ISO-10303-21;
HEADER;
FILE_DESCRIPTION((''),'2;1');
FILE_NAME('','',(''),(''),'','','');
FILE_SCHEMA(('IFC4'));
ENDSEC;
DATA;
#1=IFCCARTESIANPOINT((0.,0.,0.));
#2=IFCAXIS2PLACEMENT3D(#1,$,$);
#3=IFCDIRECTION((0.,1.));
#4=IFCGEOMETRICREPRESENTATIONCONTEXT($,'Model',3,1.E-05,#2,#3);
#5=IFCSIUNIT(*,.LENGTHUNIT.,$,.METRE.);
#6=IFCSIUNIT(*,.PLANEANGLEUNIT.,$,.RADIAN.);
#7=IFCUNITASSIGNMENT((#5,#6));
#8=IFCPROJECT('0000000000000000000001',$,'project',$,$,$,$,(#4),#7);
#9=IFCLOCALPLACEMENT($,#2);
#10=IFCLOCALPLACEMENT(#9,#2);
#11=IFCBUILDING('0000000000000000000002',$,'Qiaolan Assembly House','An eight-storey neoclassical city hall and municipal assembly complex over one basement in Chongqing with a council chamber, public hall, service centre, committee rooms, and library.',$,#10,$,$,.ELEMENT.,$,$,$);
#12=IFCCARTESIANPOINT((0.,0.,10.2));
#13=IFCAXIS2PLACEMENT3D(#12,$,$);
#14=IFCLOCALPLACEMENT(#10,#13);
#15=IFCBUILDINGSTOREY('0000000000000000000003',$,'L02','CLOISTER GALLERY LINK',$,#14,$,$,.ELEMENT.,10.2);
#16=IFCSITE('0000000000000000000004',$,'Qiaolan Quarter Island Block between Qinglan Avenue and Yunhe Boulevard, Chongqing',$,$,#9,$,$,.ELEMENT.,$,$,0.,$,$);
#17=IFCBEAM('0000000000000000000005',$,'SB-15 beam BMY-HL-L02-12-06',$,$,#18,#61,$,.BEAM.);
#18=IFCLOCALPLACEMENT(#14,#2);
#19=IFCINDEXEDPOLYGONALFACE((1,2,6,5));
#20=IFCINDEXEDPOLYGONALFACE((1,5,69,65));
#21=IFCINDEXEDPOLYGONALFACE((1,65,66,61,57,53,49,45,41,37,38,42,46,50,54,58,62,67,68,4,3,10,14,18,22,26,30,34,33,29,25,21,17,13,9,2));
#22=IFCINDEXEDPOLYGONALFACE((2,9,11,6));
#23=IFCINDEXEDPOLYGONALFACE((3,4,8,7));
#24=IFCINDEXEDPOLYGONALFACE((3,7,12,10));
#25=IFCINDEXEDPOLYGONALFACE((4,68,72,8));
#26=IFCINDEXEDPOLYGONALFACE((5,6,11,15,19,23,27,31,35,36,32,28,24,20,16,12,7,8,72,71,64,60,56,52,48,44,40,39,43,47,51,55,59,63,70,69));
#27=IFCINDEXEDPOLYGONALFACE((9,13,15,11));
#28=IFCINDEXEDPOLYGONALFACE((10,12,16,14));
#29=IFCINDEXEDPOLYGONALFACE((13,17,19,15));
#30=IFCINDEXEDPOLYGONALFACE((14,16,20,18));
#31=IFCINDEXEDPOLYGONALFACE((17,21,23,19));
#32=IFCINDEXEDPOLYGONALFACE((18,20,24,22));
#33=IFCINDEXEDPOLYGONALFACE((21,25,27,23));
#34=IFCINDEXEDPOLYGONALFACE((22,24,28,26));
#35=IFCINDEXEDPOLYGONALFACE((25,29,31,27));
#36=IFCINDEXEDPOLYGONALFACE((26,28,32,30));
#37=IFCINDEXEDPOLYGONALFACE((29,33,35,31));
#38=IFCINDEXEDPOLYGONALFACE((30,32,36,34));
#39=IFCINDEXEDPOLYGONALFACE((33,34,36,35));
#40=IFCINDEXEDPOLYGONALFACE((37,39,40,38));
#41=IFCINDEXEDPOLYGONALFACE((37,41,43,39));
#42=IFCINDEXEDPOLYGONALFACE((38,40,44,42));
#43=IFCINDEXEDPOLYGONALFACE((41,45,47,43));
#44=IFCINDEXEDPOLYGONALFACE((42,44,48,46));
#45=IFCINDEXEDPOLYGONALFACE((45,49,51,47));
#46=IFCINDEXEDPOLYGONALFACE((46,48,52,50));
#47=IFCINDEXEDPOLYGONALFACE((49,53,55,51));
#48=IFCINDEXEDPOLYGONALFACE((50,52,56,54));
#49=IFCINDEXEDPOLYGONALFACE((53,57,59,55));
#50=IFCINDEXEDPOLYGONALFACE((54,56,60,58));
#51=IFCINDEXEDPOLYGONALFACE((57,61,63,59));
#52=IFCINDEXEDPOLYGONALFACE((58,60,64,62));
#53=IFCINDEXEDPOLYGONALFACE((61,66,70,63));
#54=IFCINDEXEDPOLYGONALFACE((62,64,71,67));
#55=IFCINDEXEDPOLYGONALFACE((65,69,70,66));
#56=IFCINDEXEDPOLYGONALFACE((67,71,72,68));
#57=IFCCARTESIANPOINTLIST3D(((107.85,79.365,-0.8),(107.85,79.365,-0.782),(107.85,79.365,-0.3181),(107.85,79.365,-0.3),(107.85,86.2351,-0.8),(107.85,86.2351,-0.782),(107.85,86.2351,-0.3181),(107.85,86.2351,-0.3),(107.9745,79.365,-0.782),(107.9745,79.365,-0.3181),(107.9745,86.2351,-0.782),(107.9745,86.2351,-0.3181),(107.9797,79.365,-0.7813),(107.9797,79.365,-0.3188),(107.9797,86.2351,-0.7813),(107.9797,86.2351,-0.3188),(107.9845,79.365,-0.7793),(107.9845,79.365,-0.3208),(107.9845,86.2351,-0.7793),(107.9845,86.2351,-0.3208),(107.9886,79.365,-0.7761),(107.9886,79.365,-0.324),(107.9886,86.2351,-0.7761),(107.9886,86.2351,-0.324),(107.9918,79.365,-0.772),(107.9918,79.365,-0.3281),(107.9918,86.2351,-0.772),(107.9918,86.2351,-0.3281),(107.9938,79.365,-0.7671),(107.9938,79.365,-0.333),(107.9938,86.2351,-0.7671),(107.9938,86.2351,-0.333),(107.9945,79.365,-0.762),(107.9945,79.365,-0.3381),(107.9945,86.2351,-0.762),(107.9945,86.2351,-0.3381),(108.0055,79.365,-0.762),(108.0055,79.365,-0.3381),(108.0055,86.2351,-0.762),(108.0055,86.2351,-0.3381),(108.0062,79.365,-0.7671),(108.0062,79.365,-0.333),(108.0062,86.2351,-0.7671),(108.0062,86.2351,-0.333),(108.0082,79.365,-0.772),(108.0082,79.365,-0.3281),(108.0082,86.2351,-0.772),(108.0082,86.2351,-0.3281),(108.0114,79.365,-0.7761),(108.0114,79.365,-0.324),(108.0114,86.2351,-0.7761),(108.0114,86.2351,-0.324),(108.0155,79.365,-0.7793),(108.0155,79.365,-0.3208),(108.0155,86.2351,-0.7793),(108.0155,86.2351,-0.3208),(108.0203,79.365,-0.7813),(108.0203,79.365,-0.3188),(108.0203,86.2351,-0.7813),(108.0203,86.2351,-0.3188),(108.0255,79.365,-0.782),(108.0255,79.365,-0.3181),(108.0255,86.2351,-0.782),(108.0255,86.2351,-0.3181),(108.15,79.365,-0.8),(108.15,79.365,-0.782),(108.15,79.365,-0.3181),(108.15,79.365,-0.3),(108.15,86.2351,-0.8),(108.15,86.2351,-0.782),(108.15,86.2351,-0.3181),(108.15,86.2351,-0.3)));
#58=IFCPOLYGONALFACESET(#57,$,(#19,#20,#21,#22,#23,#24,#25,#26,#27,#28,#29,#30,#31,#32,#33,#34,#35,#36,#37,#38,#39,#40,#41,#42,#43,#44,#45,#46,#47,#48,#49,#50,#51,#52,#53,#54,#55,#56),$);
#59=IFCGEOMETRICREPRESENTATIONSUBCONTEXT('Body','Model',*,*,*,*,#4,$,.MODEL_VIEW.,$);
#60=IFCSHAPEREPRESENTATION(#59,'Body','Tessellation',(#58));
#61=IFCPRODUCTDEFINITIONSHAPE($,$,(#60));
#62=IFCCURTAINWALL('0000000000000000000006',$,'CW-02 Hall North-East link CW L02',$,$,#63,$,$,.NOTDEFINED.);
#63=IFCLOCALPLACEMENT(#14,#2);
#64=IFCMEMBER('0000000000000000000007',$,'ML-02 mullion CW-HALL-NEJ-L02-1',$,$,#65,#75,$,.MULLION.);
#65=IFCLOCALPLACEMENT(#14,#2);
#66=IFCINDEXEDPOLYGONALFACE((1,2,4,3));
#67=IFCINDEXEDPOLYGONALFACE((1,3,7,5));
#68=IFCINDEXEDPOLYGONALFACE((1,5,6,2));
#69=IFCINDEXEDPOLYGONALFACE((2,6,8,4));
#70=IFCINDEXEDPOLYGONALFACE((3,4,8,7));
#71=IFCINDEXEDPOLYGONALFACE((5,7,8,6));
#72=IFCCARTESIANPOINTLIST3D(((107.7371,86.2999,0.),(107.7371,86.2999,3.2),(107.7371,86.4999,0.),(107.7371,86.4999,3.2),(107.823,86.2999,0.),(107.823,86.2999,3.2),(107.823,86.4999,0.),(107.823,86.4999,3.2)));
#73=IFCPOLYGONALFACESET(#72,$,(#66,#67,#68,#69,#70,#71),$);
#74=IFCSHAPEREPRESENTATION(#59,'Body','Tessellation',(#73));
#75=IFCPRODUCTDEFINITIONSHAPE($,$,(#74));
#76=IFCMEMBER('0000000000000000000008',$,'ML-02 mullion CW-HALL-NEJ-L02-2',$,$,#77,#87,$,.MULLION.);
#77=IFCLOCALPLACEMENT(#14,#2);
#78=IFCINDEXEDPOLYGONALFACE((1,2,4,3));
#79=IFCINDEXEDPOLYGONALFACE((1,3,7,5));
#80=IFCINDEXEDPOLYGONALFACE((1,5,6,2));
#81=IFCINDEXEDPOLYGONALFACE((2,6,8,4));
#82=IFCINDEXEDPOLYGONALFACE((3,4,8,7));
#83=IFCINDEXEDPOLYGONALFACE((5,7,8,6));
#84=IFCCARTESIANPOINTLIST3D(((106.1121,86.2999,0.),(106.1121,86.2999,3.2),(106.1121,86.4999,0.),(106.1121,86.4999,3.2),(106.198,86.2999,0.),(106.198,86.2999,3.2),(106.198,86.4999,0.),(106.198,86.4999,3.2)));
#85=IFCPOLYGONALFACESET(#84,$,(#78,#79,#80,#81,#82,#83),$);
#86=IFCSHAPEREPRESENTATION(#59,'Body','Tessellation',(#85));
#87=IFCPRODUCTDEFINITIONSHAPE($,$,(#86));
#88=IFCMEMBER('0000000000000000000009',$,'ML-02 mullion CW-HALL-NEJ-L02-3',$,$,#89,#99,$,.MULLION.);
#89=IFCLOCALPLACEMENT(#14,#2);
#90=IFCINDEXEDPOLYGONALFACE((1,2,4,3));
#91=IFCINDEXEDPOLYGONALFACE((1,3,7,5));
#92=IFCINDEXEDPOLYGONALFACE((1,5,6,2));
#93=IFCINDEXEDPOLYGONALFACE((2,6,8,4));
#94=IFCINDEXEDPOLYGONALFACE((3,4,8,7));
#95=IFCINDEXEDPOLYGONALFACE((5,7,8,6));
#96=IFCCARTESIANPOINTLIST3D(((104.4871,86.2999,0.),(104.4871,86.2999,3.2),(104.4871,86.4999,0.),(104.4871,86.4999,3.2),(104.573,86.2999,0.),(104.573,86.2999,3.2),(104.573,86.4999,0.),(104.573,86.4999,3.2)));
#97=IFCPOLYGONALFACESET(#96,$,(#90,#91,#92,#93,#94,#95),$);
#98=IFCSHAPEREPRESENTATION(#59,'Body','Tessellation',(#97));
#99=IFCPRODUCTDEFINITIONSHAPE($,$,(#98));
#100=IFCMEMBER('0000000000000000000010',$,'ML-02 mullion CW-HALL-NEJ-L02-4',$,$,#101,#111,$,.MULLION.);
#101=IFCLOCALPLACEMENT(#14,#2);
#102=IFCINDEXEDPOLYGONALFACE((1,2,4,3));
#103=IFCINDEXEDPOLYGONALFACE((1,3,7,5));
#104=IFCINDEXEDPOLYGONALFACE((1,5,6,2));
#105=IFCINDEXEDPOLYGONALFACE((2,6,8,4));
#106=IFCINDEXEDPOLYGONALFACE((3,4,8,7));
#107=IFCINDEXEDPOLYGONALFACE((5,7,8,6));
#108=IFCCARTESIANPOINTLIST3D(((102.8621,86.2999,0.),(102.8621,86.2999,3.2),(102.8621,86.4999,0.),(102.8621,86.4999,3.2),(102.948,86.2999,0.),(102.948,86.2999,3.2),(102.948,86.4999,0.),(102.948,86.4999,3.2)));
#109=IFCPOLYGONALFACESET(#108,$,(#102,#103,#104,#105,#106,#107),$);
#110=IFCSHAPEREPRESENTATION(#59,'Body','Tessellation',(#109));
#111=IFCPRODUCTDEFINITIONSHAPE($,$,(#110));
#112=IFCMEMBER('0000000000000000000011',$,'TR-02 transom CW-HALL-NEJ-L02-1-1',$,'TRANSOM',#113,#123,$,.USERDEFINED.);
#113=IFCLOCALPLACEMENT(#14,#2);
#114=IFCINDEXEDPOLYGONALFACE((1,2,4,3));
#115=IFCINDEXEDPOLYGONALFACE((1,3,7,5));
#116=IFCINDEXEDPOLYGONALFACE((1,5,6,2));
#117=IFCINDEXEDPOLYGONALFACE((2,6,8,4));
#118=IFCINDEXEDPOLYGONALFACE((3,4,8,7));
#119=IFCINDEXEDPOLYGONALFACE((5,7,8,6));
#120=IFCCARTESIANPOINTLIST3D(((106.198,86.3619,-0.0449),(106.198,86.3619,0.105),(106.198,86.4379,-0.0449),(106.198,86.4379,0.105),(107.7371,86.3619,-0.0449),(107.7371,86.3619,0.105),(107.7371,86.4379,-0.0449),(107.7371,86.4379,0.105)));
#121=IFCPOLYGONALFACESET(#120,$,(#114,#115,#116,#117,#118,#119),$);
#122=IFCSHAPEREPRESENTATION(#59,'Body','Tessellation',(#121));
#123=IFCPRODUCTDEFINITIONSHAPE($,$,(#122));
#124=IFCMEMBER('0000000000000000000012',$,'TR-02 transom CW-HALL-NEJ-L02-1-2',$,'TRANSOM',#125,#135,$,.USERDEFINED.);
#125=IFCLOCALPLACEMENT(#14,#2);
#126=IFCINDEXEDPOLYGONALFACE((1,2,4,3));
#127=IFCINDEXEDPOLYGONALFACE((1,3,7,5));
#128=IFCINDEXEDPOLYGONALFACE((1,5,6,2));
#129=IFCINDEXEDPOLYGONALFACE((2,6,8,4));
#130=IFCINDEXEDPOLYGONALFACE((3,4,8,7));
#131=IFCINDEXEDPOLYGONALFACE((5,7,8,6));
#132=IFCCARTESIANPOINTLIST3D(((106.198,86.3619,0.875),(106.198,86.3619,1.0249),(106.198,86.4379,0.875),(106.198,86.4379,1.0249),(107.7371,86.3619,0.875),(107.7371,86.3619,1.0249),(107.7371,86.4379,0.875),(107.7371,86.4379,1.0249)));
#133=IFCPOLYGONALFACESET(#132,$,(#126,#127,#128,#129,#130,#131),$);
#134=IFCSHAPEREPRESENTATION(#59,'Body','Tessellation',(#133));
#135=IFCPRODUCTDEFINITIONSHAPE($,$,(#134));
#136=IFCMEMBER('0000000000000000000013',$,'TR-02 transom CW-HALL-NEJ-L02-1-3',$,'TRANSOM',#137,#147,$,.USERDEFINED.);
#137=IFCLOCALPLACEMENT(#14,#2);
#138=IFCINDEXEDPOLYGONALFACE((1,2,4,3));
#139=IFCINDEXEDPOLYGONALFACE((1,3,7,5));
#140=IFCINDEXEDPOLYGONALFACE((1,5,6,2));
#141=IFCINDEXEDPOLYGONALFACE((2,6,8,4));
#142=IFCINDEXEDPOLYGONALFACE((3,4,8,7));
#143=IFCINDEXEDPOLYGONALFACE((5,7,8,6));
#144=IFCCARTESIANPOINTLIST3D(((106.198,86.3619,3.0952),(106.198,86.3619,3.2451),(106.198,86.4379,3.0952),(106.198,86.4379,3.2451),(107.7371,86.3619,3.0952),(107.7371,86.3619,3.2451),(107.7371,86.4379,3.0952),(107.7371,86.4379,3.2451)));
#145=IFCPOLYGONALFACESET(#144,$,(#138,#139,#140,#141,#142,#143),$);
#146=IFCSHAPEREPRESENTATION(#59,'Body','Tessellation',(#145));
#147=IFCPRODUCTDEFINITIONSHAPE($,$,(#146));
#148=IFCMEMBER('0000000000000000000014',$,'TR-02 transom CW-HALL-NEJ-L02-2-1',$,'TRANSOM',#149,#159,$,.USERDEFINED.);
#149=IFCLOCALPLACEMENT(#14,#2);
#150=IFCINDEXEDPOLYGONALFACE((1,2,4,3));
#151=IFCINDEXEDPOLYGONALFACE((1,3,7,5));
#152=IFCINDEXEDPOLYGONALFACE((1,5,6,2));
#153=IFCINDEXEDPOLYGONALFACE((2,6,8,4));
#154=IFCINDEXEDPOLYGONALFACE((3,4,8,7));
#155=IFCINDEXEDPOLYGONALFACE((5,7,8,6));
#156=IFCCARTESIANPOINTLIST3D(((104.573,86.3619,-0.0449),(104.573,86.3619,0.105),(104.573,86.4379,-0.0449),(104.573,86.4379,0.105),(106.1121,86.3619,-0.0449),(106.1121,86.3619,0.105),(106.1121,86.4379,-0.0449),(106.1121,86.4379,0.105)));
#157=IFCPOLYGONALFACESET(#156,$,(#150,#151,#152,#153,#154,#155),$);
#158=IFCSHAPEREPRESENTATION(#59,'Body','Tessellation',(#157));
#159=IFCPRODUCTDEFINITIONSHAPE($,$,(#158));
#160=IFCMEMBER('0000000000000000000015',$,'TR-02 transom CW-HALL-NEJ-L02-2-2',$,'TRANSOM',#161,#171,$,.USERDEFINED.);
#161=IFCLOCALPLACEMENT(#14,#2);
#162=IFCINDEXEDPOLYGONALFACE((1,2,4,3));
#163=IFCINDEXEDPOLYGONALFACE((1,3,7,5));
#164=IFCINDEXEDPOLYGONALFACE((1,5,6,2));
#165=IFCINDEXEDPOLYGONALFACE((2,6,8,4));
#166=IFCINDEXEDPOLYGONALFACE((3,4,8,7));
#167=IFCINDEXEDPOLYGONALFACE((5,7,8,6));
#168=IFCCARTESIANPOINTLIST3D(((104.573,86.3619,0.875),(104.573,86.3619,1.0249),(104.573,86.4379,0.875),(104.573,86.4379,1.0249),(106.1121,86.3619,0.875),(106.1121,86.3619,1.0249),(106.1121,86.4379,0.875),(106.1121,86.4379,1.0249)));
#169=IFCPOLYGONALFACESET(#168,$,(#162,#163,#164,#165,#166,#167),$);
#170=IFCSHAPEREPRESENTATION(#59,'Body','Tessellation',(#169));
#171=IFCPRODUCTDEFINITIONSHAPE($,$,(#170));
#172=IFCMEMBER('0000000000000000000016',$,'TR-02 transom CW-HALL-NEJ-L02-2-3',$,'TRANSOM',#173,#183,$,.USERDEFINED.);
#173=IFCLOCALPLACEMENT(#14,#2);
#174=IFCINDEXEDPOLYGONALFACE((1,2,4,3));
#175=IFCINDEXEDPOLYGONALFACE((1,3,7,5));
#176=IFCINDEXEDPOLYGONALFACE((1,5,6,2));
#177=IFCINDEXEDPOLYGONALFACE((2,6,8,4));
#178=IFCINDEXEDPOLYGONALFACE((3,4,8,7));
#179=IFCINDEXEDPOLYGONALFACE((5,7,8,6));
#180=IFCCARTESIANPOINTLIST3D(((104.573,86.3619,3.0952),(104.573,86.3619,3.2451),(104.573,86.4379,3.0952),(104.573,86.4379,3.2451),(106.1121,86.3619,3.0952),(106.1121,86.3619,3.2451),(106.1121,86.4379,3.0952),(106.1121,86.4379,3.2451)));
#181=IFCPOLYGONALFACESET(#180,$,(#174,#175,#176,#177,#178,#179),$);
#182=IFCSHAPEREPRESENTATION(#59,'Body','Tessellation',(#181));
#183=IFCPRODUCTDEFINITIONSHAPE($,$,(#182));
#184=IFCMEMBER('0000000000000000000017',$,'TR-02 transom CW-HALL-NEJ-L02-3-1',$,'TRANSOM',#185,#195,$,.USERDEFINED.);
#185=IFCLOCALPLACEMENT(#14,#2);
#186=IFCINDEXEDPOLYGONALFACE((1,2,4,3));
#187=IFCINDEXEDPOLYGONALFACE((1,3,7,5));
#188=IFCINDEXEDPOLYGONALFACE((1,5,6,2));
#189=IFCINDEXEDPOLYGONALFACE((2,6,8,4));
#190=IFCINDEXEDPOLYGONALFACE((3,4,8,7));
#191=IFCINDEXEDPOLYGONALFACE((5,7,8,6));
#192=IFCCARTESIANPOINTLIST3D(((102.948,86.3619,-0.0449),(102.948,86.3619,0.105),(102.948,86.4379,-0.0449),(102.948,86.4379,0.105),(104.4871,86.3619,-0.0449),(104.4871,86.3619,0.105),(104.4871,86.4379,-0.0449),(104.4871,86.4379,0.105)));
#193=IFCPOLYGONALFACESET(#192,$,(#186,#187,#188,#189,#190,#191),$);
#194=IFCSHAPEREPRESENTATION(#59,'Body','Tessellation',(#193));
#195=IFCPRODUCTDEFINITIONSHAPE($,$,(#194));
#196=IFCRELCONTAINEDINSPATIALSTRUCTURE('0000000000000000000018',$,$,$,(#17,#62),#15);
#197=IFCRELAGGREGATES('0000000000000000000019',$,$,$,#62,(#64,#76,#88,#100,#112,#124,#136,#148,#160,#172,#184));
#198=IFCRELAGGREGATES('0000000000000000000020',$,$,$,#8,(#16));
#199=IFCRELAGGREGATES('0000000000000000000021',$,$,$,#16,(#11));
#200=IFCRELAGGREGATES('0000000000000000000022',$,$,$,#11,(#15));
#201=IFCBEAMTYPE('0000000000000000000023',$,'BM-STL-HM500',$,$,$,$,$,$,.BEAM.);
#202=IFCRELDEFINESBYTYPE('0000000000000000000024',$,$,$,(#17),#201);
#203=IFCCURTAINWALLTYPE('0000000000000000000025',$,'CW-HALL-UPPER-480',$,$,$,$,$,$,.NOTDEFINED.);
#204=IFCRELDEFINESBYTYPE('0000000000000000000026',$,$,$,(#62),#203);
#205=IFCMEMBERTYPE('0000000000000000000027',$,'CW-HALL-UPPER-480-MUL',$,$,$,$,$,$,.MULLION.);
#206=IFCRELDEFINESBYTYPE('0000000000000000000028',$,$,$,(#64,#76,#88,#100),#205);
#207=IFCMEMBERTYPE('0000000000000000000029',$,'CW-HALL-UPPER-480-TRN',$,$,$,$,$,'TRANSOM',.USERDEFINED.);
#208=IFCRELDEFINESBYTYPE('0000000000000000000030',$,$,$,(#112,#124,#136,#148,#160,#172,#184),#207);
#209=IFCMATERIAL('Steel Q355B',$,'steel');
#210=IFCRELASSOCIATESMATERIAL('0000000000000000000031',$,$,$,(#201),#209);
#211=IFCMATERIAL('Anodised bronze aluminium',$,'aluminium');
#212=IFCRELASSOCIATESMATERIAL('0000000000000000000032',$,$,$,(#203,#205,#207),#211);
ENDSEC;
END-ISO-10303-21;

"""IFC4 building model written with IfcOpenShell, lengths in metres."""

from ifc_helpers import new_model, si_unit, direction, frame, origin, origin_2d, place, context, subcontext, project, spatial, rectangle, i_section, extrude, material, material_profile, profile_set, type_object, element, aggregate, save


model = new_model("IFC4")

# Units and contexts
model_context = context("Model", 3, precision=1e-05, world=origin(), true_north=direction((0.0, 1.0)))
body_context = subcontext(model_context, "Body", "Model", "MODEL_VIEW")
ifc_project = project(units=[si_unit("LENGTHUNIT", "METRE"), si_unit("PLANEANGLEUNIT", "RADIAN")], contexts=[model_context])

# Site, building, storey
site_placement = place(None, origin())
site = spatial("IfcSite", under=ifc_project, at=site_placement, Name="Qiaolan Quarter Island Block between Qinglan Avenue and Yunhe Boulevard, Chongqing", CompositionType="ELEMENT", RefElevation=0.0)
building_placement = place(site_placement, origin())
building = spatial("IfcBuilding", under=site, at=building_placement, Name="Qiaolan Assembly House", Description="An eight-storey neoclassical city hall and municipal assembly complex over one basement in Chongqing with a council chamber, public hall, service centre, committee rooms, and library.", CompositionType="ELEMENT")
storey_placement = place(building_placement, frame((0.0, 0.0, 10.2)))
storey = spatial("IfcBuildingStorey", under=building, at=storey_placement, Name="L02", Description="CLOISTER GALLERY LINK", CompositionType="ELEMENT", Elevation=10.2)

# Beam
ifc_material_1 = material(Name="Steel Q355B", Category="steel")
ifc_material_profile_1 = material_profile(ifc_material_1, i_section(OverallWidth=0.3, OverallDepth=0.5, WebThickness=0.011, FlangeThickness=0.0181, FilletRadius=0.02, at=origin_2d()), Name="HM 500x300x11x18")
ifc_profile_set_1 = profile_set([ifc_material_profile_1], Name="Steel Q355B")
beam_type_1 = type_object("IfcBeamType", Name="BM-STL-HM500", PredefinedType="BEAM", material=ifc_profile_set_1)
beam_placement = place(storey_placement, frame((108.0, 79.365, -0.55), z_axis=(0.0, 1.0, 0.0), x_axis=(-1.0, 0.0, 0.0)))
element("IfcBeam", 1, at=beam_placement, inside=storey, type_object=beam_type_1, Name="SB-15 beam BMY-HL-L02-12-06", PredefinedType="BEAM", context=body_context, shape_type="SweptSolid", body=[
    extrude(i_section(OverallWidth=0.3, OverallDepth=0.5, WebThickness=0.011, FlangeThickness=0.0181, FilletRadius=0.02, at=origin_2d()), origin(), (0.0, 0.0, 1.0), 6.8701),
])

# Curtain wall, members
ifc_material_2 = material(Name="Anodised bronze aluminium", Category="aluminium")
curtain_wall_type = type_object("IfcCurtainWallType", Name="CW-HALL-UPPER-480", PredefinedType="NOTDEFINED", material=ifc_material_2)
curtain_wall_placement = place(storey_placement, origin())
curtain_wall = element("IfcCurtainWall", 2, at=curtain_wall_placement, inside=storey, type_object=curtain_wall_type, Name="CW-02 Hall North-East link CW L02", PredefinedType="NOTDEFINED")
ifc_material_profile_2 = material_profile(ifc_material_2, rectangle(XDim=0.0859, YDim=0.2, at=origin_2d()), Name="MUL 86x200")
ifc_profile_set_2 = profile_set([ifc_material_profile_2], Name="Anodised bronze aluminium")
member_type_1 = type_object("IfcMemberType", Name="CW-HALL-UPPER-480-MUL", PredefinedType="MULLION", material=ifc_profile_set_2)
member_1_placement = place(storey_placement, frame((107.78, 86.3999, 0.0), z_axis=(0.0, 0.0, 1.0), x_axis=(-1.0, 0.0, 0.0)))
member_1 = element("IfcMember", 3, at=member_1_placement, type_object=member_type_1, Name="ML-02 mullion CW-HALL-NEJ-L02-1", PredefinedType="MULLION", context=body_context, shape_type="SweptSolid", body=[
    extrude(rectangle(XDim=0.0859, YDim=0.2, at=origin_2d()), origin(), (0.0, 0.0, 1.0), 3.2),
])
member_2_placement = place(storey_placement, frame((106.155, 86.3999, 0.0), z_axis=(0.0, 0.0, 1.0), x_axis=(-1.0, 0.0, 0.0)))
member_2 = element("IfcMember", 4, at=member_2_placement, type_object=member_type_1, Name="ML-02 mullion CW-HALL-NEJ-L02-2", PredefinedType="MULLION", context=body_context, shape_type="SweptSolid", body=[
    extrude(rectangle(XDim=0.0859, YDim=0.2, at=origin_2d()), origin(), (0.0, 0.0, 1.0), 3.2),
])
member_3_placement = place(storey_placement, frame((104.53, 86.3999, 0.0), z_axis=(0.0, 0.0, 1.0), x_axis=(-1.0, 0.0, 0.0)))
member_3 = element("IfcMember", 5, at=member_3_placement, type_object=member_type_1, Name="ML-02 mullion CW-HALL-NEJ-L02-3", PredefinedType="MULLION", context=body_context, shape_type="SweptSolid", body=[
    extrude(rectangle(XDim=0.0859, YDim=0.2, at=origin_2d()), origin(), (0.0, 0.0, 1.0), 3.2),
])
member_4_placement = place(storey_placement, frame((102.905, 86.3999, 0.0), z_axis=(0.0, 0.0, 1.0), x_axis=(-1.0, 0.0, 0.0)))
member_4 = element("IfcMember", 6, at=member_4_placement, type_object=member_type_1, Name="ML-02 mullion CW-HALL-NEJ-L02-4", PredefinedType="MULLION", context=body_context, shape_type="SweptSolid", body=[
    extrude(rectangle(XDim=0.0859, YDim=0.2, at=origin_2d()), origin(), (0.0, 0.0, 1.0), 3.2),
])
ifc_material_profile_3 = material_profile(ifc_material_2, rectangle(XDim=0.0759, YDim=0.1499, at=origin_2d()), Name="TRN 76x150")
ifc_profile_set_3 = profile_set([ifc_material_profile_3], Name="Anodised bronze aluminium")
member_type_2 = type_object("IfcMemberType", Name="CW-HALL-UPPER-480-TRN", ElementType="TRANSOM", PredefinedType="USERDEFINED", material=ifc_profile_set_3)
member_5_placement = place(storey_placement, frame((107.7371, 86.3999, 0.03), z_axis=(-1.0, 0.0, 0.0), x_axis=(0.0, -1.0, 0.0)))
member_5 = element("IfcMember", 7, at=member_5_placement, type_object=member_type_2, Name="TR-02 transom CW-HALL-NEJ-L02-1-1", ObjectType="TRANSOM", PredefinedType="USERDEFINED", context=body_context, shape_type="SweptSolid", body=[
    extrude(rectangle(XDim=0.0759, YDim=0.1499, at=origin_2d()), origin(), (0.0, 0.0, 1.0), 1.5391),
])
member_6_placement = place(storey_placement, frame((107.7371, 86.3999, 0.95), z_axis=(-1.0, 0.0, 0.0), x_axis=(0.0, -1.0, 0.0)))
member_6 = element("IfcMember", 8, at=member_6_placement, type_object=member_type_2, Name="TR-02 transom CW-HALL-NEJ-L02-1-2", ObjectType="TRANSOM", PredefinedType="USERDEFINED", context=body_context, shape_type="SweptSolid", body=[
    extrude(rectangle(XDim=0.0759, YDim=0.1499, at=origin_2d()), origin(), (0.0, 0.0, 1.0), 1.5391),
])
member_7_placement = place(storey_placement, frame((107.7371, 86.3999, 3.1702), z_axis=(-1.0, 0.0, 0.0), x_axis=(0.0, -1.0, 0.0)))
member_7 = element("IfcMember", 9, at=member_7_placement, type_object=member_type_2, Name="TR-02 transom CW-HALL-NEJ-L02-1-3", ObjectType="TRANSOM", PredefinedType="USERDEFINED", context=body_context, shape_type="SweptSolid", body=[
    extrude(rectangle(XDim=0.0759, YDim=0.1499, at=origin_2d()), origin(), (0.0, 0.0, 1.0), 1.5391),
])
member_8_placement = place(storey_placement, frame((106.1121, 86.3999, 0.03), z_axis=(-1.0, 0.0, 0.0), x_axis=(0.0, -1.0, 0.0)))
member_8 = element("IfcMember", 10, at=member_8_placement, type_object=member_type_2, Name="TR-02 transom CW-HALL-NEJ-L02-2-1", ObjectType="TRANSOM", PredefinedType="USERDEFINED", context=body_context, shape_type="SweptSolid", body=[
    extrude(rectangle(XDim=0.0759, YDim=0.1499, at=origin_2d()), origin(), (0.0, 0.0, 1.0), 1.5391),
])
member_9_placement = place(storey_placement, frame((106.1121, 86.3999, 0.95), z_axis=(-1.0, 0.0, 0.0), x_axis=(0.0, -1.0, 0.0)))
member_9 = element("IfcMember", 11, at=member_9_placement, type_object=member_type_2, Name="TR-02 transom CW-HALL-NEJ-L02-2-2", ObjectType="TRANSOM", PredefinedType="USERDEFINED", context=body_context, shape_type="SweptSolid", body=[
    extrude(rectangle(XDim=0.0759, YDim=0.1499, at=origin_2d()), origin(), (0.0, 0.0, 1.0), 1.5391),
])
member_10_placement = place(storey_placement, frame((106.1121, 86.3999, 3.1702), z_axis=(-1.0, 0.0, 0.0), x_axis=(0.0, -1.0, 0.0)))
member_10 = element("IfcMember", 12, at=member_10_placement, type_object=member_type_2, Name="TR-02 transom CW-HALL-NEJ-L02-2-3", ObjectType="TRANSOM", PredefinedType="USERDEFINED", context=body_context, shape_type="SweptSolid", body=[
    extrude(rectangle(XDim=0.0759, YDim=0.1499, at=origin_2d()), origin(), (0.0, 0.0, 1.0), 1.5391),
])
member_11_placement = place(storey_placement, frame((104.4871, 86.3999, 0.03), z_axis=(-1.0, 0.0, 0.0), x_axis=(0.0, -1.0, 0.0)))
member_11 = element("IfcMember", 13, at=member_11_placement, type_object=member_type_2, Name="TR-02 transom CW-HALL-NEJ-L02-3-1", ObjectType="TRANSOM", PredefinedType="USERDEFINED", context=body_context, shape_type="SweptSolid", body=[
    extrude(rectangle(XDim=0.0759, YDim=0.1499, at=origin_2d()), origin(), (0.0, 0.0, 1.0), 1.5391),
])

aggregate(curtain_wall, [member_1, member_2, member_3, member_4, member_5, member_6, member_7, member_8, member_9, member_10, member_11])

save(model, "model.ifc")
